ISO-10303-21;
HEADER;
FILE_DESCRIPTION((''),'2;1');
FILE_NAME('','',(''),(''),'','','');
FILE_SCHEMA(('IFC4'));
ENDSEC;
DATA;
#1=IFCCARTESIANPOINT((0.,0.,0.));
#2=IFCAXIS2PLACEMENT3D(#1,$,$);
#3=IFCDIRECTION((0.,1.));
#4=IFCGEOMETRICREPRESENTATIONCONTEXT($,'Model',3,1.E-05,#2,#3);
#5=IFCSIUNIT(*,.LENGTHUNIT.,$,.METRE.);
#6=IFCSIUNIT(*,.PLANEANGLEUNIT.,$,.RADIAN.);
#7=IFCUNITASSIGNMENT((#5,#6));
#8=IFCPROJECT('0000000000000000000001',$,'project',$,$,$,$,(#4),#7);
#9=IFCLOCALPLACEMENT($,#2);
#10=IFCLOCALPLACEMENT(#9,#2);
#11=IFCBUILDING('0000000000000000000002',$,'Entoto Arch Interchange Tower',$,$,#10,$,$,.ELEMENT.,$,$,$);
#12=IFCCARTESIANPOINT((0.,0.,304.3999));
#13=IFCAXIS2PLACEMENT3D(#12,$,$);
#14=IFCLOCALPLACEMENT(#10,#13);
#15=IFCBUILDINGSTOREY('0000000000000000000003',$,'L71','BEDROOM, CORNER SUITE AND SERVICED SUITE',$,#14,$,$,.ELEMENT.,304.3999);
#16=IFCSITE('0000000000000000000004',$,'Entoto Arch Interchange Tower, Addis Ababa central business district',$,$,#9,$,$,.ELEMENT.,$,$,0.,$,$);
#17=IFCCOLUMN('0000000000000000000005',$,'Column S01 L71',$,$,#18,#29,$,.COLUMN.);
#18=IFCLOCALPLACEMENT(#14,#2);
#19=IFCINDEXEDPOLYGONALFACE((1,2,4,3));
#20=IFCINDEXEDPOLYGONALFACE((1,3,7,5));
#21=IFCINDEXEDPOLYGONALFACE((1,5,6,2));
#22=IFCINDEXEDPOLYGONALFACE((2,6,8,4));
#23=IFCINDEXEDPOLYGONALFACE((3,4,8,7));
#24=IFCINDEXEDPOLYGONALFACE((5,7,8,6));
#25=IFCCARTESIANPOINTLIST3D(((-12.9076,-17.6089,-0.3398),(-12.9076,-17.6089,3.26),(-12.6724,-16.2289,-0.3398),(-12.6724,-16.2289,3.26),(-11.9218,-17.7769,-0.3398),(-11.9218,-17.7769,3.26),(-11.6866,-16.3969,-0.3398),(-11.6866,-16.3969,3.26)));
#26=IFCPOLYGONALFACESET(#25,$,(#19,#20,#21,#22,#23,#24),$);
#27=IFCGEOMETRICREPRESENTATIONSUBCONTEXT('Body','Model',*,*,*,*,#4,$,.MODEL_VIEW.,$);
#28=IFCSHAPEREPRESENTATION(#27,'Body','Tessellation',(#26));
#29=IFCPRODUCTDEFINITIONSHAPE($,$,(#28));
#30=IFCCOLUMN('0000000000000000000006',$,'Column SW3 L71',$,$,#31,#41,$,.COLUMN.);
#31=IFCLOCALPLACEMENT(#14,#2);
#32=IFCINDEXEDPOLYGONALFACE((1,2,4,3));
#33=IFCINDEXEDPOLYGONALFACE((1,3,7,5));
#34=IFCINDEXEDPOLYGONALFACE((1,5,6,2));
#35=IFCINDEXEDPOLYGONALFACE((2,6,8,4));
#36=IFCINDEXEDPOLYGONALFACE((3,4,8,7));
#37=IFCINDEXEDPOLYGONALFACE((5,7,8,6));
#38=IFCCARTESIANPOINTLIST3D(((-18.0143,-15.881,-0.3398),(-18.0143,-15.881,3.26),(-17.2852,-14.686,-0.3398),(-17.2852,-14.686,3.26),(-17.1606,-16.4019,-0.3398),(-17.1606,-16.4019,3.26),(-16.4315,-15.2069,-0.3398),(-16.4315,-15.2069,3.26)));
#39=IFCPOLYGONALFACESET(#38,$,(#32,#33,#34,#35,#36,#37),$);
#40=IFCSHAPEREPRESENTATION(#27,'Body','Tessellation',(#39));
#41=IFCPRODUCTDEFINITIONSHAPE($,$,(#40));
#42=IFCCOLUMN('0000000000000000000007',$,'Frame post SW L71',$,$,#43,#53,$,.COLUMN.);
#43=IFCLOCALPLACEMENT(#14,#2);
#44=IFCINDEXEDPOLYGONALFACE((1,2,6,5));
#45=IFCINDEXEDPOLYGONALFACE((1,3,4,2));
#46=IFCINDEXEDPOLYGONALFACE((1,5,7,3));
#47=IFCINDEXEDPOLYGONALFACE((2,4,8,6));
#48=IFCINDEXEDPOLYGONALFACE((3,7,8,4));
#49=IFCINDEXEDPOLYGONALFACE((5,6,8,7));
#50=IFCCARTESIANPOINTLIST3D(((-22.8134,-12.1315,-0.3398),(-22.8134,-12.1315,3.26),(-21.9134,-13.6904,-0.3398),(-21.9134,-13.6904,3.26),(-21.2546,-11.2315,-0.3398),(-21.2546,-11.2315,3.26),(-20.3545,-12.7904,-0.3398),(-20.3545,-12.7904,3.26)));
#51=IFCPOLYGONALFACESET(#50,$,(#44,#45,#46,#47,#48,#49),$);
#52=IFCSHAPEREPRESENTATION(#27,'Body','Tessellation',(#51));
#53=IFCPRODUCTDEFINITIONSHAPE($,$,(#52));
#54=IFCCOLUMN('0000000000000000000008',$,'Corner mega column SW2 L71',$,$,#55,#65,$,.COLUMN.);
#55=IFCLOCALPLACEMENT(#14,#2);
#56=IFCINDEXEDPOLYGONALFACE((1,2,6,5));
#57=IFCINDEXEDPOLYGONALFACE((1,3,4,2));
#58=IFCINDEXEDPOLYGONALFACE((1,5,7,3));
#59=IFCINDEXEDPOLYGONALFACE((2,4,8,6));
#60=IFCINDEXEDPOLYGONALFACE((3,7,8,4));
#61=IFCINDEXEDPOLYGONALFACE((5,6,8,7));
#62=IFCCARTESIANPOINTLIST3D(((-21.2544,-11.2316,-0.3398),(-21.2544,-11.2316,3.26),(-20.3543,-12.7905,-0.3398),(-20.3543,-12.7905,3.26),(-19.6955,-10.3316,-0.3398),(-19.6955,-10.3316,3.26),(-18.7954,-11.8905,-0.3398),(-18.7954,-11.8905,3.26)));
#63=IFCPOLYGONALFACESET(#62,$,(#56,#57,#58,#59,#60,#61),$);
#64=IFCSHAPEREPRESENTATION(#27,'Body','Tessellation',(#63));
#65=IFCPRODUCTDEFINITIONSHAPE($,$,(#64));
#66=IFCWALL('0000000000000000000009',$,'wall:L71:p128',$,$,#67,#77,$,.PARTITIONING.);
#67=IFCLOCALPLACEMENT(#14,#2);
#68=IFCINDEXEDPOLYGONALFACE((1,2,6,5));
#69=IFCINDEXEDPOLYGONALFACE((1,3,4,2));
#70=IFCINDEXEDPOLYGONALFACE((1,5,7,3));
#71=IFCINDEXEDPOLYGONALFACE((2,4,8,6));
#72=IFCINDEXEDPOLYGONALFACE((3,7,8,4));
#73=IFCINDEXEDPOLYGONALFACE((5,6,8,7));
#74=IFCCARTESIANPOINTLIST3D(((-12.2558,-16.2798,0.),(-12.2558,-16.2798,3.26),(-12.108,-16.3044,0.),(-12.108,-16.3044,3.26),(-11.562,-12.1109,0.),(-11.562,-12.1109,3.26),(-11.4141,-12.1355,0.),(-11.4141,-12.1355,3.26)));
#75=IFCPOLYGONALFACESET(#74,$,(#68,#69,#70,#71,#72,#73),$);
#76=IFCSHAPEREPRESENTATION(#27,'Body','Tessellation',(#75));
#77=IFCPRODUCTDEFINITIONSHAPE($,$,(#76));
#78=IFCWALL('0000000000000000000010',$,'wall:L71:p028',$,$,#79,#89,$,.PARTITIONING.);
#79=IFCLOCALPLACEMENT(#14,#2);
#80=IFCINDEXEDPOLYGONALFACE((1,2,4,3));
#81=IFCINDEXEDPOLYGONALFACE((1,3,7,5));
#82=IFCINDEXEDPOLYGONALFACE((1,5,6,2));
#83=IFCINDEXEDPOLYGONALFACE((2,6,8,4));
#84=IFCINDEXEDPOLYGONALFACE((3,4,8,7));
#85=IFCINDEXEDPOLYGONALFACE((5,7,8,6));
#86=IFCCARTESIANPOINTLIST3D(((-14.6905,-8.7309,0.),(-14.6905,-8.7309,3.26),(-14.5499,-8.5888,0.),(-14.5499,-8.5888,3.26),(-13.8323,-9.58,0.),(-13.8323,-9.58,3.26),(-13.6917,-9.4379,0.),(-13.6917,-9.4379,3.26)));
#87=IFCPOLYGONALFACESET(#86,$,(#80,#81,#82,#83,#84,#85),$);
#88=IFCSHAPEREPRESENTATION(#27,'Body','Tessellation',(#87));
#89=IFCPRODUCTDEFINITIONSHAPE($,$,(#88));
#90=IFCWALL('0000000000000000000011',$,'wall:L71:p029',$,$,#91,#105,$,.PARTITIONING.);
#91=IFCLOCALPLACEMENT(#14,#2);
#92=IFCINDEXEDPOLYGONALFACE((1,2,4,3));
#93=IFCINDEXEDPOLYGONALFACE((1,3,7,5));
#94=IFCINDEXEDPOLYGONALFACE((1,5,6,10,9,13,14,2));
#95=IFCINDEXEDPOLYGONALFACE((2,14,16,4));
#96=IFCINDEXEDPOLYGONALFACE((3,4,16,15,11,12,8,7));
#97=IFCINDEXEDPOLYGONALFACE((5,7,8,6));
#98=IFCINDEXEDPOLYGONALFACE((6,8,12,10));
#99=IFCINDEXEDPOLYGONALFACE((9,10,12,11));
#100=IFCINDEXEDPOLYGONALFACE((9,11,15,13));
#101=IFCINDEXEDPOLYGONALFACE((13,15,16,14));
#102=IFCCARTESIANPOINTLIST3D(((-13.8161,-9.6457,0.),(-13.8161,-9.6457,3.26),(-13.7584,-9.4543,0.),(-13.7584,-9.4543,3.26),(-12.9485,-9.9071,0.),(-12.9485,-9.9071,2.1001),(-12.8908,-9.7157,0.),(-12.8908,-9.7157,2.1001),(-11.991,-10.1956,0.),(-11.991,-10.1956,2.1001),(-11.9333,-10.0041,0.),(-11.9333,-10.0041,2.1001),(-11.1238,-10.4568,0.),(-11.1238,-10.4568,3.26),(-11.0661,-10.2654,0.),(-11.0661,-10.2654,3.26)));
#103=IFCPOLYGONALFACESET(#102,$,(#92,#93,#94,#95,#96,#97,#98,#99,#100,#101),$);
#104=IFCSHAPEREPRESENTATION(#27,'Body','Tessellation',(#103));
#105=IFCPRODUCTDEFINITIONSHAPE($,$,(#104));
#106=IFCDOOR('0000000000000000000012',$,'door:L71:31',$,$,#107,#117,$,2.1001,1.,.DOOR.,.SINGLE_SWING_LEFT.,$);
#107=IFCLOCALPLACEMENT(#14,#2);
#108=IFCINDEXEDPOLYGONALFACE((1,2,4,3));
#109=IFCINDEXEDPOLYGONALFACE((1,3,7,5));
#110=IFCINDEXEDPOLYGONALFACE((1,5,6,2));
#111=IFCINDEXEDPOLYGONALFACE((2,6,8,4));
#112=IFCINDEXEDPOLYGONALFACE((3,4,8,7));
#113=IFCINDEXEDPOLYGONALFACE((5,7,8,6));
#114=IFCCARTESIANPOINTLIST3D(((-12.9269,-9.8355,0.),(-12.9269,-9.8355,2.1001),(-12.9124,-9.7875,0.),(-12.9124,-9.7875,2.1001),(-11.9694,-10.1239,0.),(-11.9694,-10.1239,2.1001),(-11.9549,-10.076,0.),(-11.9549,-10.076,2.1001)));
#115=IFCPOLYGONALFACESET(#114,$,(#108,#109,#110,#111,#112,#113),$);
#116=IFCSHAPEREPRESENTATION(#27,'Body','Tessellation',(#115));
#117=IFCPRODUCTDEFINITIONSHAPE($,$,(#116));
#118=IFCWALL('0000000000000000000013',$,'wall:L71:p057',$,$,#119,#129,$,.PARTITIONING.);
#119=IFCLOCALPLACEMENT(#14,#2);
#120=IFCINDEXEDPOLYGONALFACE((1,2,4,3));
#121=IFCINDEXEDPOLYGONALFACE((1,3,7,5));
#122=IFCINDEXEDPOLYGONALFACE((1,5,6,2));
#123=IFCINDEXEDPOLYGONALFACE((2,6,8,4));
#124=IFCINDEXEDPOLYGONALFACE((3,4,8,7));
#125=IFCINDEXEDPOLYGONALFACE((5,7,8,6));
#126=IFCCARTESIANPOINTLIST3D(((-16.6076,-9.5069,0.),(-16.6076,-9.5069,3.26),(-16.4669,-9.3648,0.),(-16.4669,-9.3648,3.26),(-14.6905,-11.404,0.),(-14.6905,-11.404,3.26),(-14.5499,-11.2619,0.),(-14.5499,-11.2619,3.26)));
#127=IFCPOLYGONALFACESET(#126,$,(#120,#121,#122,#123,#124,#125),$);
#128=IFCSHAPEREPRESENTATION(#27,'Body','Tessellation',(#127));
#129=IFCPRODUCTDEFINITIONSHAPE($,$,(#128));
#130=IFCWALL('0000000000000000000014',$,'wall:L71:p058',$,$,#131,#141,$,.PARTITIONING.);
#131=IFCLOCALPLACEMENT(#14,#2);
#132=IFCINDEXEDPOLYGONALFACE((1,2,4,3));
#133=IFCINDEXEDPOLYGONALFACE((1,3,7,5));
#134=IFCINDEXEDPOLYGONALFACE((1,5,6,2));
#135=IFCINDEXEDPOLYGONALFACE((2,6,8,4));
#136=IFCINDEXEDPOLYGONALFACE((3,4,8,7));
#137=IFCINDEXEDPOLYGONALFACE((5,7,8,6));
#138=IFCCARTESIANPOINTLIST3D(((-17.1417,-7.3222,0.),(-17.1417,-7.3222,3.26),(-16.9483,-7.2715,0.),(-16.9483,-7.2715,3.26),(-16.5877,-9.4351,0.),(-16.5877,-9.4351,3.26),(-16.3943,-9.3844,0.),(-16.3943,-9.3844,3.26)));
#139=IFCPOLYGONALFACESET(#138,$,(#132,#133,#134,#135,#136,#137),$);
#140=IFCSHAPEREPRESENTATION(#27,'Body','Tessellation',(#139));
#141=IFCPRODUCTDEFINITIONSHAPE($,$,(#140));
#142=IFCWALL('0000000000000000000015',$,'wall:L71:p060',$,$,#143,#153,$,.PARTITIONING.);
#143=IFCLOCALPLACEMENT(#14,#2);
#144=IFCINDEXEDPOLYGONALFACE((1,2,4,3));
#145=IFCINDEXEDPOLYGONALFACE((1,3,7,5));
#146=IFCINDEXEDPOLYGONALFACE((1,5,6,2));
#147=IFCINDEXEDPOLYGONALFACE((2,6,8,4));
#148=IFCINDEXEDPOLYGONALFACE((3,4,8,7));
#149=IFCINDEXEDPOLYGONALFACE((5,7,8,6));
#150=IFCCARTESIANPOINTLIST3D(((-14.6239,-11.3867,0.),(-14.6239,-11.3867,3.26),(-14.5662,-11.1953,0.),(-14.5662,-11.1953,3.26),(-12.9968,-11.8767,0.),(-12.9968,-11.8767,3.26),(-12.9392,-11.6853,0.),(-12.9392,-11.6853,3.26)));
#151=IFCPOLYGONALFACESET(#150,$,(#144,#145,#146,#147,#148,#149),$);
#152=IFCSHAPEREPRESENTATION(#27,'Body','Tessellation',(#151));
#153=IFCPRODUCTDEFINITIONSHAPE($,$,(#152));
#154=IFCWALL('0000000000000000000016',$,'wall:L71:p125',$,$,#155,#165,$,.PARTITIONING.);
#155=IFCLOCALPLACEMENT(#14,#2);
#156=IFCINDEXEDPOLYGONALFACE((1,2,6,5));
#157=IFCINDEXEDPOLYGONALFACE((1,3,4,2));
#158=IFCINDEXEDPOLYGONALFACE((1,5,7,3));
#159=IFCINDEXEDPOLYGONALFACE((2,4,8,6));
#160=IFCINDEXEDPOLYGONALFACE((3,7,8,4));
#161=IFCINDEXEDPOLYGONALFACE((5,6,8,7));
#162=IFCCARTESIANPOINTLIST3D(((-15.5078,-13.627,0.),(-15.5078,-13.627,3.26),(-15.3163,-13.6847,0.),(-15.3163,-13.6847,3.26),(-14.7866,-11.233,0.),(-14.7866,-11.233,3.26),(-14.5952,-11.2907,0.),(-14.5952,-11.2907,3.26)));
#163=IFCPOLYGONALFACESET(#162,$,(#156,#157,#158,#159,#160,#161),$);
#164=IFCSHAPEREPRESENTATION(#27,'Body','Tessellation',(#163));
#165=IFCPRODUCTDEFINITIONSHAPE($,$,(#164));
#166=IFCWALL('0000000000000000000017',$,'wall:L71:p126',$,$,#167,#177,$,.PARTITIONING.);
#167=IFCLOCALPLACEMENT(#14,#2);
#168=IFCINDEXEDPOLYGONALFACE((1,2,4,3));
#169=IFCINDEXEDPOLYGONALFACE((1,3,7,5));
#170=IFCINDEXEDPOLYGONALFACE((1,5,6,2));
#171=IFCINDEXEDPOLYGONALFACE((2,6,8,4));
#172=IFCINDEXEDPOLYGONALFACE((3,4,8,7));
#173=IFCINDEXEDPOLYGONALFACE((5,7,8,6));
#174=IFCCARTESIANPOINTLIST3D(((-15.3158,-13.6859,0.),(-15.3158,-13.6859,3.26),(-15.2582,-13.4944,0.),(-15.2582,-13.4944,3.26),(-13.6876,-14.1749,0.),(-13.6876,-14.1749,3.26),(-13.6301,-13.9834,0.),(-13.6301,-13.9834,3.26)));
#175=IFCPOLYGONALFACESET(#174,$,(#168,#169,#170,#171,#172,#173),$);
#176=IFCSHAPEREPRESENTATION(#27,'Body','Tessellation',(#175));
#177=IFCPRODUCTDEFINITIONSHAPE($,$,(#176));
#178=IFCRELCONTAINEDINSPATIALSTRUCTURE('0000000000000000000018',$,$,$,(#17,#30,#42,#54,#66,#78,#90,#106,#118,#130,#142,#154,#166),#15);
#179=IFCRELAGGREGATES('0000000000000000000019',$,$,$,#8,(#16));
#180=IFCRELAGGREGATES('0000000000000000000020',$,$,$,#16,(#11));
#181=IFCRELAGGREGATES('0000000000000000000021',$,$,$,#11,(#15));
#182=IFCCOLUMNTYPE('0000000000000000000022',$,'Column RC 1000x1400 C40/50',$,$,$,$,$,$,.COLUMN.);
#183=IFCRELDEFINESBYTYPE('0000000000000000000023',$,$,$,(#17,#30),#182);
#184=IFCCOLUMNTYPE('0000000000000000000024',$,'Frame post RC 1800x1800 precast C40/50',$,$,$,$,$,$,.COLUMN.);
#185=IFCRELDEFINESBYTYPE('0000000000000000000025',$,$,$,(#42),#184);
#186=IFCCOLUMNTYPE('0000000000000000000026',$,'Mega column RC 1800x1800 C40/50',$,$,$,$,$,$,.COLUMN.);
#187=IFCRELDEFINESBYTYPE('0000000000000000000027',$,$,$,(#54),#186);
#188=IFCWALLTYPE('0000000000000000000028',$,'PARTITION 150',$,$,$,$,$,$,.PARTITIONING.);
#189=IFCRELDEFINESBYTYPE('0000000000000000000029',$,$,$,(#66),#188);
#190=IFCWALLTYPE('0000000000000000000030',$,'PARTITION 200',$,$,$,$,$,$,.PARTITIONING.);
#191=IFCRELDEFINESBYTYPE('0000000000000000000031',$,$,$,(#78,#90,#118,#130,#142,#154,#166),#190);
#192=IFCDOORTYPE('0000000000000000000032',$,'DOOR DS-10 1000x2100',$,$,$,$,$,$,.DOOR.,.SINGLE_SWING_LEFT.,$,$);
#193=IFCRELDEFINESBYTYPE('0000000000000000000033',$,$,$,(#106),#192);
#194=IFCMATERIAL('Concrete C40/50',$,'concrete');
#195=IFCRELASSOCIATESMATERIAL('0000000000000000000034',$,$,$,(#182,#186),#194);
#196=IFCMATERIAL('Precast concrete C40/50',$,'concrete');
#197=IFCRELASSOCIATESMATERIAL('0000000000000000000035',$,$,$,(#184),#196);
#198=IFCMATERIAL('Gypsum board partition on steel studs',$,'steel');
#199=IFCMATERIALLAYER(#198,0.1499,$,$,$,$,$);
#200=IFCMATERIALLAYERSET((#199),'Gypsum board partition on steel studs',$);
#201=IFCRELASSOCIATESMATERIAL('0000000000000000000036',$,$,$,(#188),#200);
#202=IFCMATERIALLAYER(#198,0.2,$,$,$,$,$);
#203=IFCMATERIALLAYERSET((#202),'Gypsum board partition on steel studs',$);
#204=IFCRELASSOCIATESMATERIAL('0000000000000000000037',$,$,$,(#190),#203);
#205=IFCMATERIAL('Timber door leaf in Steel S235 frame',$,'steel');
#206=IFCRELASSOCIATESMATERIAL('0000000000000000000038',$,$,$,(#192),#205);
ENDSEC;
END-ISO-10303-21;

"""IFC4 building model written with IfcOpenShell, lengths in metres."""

from ifc_helpers import new_model, si_unit, direction, frame, frame_2d, origin, origin_2d, place, context, subcontext, project, spatial, rectangle, extrude, material, layer, layer_set, material_profile, profile_set, type_object, element, fill, save


model = new_model("IFC4")

# Units and contexts
model_context = context("Model", 3, precision=1e-05, world=origin(), true_north=direction((0.0, 1.0)))
body_context = subcontext(model_context, "Body", "Model", "MODEL_VIEW")
ifc_project = project(units=[si_unit("LENGTHUNIT", "METRE"), si_unit("PLANEANGLEUNIT", "RADIAN")], contexts=[model_context])

# Site, building, storey
site_placement = place(None, origin())
site = spatial("IfcSite", under=ifc_project, at=site_placement, Name="Entoto Arch Interchange Tower, Addis Ababa central business district", CompositionType="ELEMENT", RefElevation=0.0)
building_placement = place(site_placement, origin())
building = spatial("IfcBuilding", under=site, at=building_placement, Name="Entoto Arch Interchange Tower", CompositionType="ELEMENT")
storey_placement = place(building_placement, frame((0.0, 0.0, 304.3999)))
storey = spatial("IfcBuildingStorey", under=building, at=storey_placement, Name="L71", Description="BEDROOM, CORNER SUITE AND SERVICED SUITE", CompositionType="ELEMENT", Elevation=304.3999)

# Columns
ifc_material_1 = material(Name="Concrete C40/50", Category="concrete")
ifc_material_profile_1 = material_profile(ifc_material_1, rectangle(XDim=1.0, YDim=1.3999, at=origin_2d()))
ifc_profile_set_1 = profile_set([ifc_material_profile_1], Name="Concrete C40/50")
column_type_1 = type_object("IfcColumnType", Name="Column RC 1000x1400 C40/50", PredefinedType="COLUMN", material=ifc_profile_set_1)
for number, where, z_axis, x_axis, name in (
    (1, (-12.2971, -17.0029, -0.3398), (0.0, 0.0, 1.0), (-0.985786, 0.168008, 0.0), "Column S01 L71"),
    (2, (-17.2229, -15.5439, -0.3398), (0.0, 0.0, 1.0), (-0.853651, 0.520846, 0.0), "Column SW3 L71"),
):
    element("IfcColumn", number, at=place(storey_placement, frame(where, z_axis=z_axis, x_axis=x_axis)), inside=storey, type_object=column_type_1, Name=name, PredefinedType="COLUMN", context=body_context, shape_type="SweptSolid", body=[
        extrude(rectangle(XDim=1.0, YDim=1.3999, at=origin_2d()), origin(), (0.0, 0.0, 1.0), 3.5999),
    ])
ifc_material_2 = material(Name="Precast concrete C40/50", Category="concrete")
ifc_material_profile_2 = material_profile(ifc_material_2, rectangle(XDim=1.8, YDim=1.8, at=origin_2d()))
ifc_profile_set_2 = profile_set([ifc_material_profile_2], Name="Precast concrete C40/50")
column_type_2 = type_object("IfcColumnType", Name="Frame post RC 1800x1800 precast C40/50", PredefinedType="COLUMN", material=ifc_profile_set_2)
column_1_placement = place(storey_placement, frame((-21.584, -12.4609, -0.3398), z_axis=(0.0, 0.0, 1.0), x_axis=(0.866025, 0.5, 0.0)))
element("IfcColumn", 3, at=column_1_placement, inside=storey, type_object=column_type_2, Name="Frame post SW L71", PredefinedType="COLUMN", context=body_context, shape_type="SweptSolid", body=[
    extrude(rectangle(XDim=1.8, YDim=1.8, at=origin_2d()), origin(), (0.0, 0.0, 1.0), 3.5999),
])
ifc_material_profile_3 = material_profile(ifc_material_1, rectangle(XDim=1.8, YDim=1.8, at=origin_2d()))
ifc_profile_set_3 = profile_set([ifc_material_profile_3], Name="Concrete C40/50")
column_type_3 = type_object("IfcColumnType", Name="Mega column RC 1800x1800 C40/50", PredefinedType="COLUMN", material=ifc_profile_set_3)
column_2_placement = place(storey_placement, frame((-20.0249, -11.561, -0.3398), z_axis=(0.0, 0.0, 1.0), x_axis=(0.866025, 0.5, 0.0)))
element("IfcColumn", 4, at=column_2_placement, inside=storey, type_object=column_type_3, Name="Corner mega column SW2 L71", PredefinedType="COLUMN", context=body_context, shape_type="SweptSolid", body=[
    extrude(rectangle(XDim=1.8, YDim=1.8, at=origin_2d()), origin(), (0.0, 0.0, 1.0), 3.5999),
])

# Walls
ifc_material_3 = material(Name="Gypsum board partition on steel studs", Category="steel")
ifc_layer_1 = layer(ifc_material_3, 0.1499)
ifc_layer_set_1 = layer_set([ifc_layer_1], Name="Gypsum board partition on steel studs")
wall_type_1 = type_object("IfcWallType", Name="PARTITION 150", PredefinedType="PARTITIONING", material=ifc_layer_set_1)
wall_1_placement = place(storey_placement, frame((-11.488, -12.123, 0.0), z_axis=(0.0, 0.0, 1.0), x_axis=(-0.164174, -0.986431, 0.0)))
element("IfcWall", 5, at=wall_1_placement, inside=storey, type_object=wall_type_1, Name="wall:L71:p128", PredefinedType="PARTITIONING", context=body_context, shape_type="SweptSolid", body=[
    extrude(rectangle(XDim=4.2263, YDim=0.1499, at=frame_2d((2.1133, 0.0))), origin(), (0.0, 0.0, 1.0), 3.26),
])
ifc_layer_2 = layer(ifc_material_3, 0.2)
ifc_layer_set_2 = layer_set([ifc_layer_2], Name="Gypsum board partition on steel studs")
wall_type_2 = type_object("IfcWallType", Name="PARTITION 200", PredefinedType="PARTITIONING", material=ifc_layer_set_2)
wall_2_placement = place(storey_placement, frame((-14.6201, -8.6599, 0.0), z_axis=(0.0, 0.0, 1.0), x_axis=(0.710838, -0.703356, 0.0)))
element("IfcWall", 6, at=wall_2_placement, inside=storey, type_object=wall_type_2, Name="wall:L71:p028", PredefinedType="PARTITIONING", context=body_context, shape_type="SweptSolid", body=[
    extrude(rectangle(XDim=1.2073, YDim=0.2, at=frame_2d((0.6035, 0.0))), origin(), (0.0, 0.0, 1.0), 3.26),
])

# Wall, opening, door
wall_3_placement = place(storey_placement, frame((-13.7871, -9.55, 0.0), z_axis=(0.0, 0.0, 1.0), x_axis=(0.957493, -0.288455, 0.0)))
wall_3 = element("IfcWall", 7, at=wall_3_placement, inside=storey, type_object=wall_type_2, Name="wall:L71:p029", PredefinedType="PARTITIONING", context=body_context, shape_type="SweptSolid", body=[
    extrude(rectangle(XDim=2.8118, YDim=0.2, at=frame_2d((1.4058, 0.0))), origin(), (0.0, 0.0, 1.0), 3.26),
])
opening_1_placement = place(wall_3_placement, frame((0.906, 0.0, 0.0)))
opening_1 = element("IfcOpeningElement", 8, at=opening_1_placement, cuts=wall_3, PredefinedType="OPENING", context=body_context, shape_type="SweptSolid", body=[
    extrude(rectangle(XDim=1.0, YDim=2.1001, at=frame_2d((0.5, 1.05))), frame((0.0, 0.1099, 0.0), z_axis=(0.0, -1.0, 0.0), x_axis=(1.0, 0.0, 0.0)), (0.0, 0.0, 1.0), 0.22),
])
ifc_material_4 = material(Name="Timber door leaf in Steel S235 frame", Category="steel")
door_type_1 = type_object("IfcDoorType", Name="DOOR DS-10 1000x2100", OperationType="SINGLE_SWING_LEFT", PredefinedType="DOOR", material=ifc_material_4)
door_1_placement = place(opening_1_placement, origin())
door_1 = element("IfcDoor", 9, at=door_1_placement, inside=storey, type_object=door_type_1, Name="door:L71:31", OperationType="SINGLE_SWING_LEFT", OverallHeight=2.1001, OverallWidth=1.0, PredefinedType="DOOR", context=body_context, shape_type="SweptSolid", body=[
    extrude(rectangle(XDim=1.0, YDim=2.1001, at=frame_2d((0.5, 1.05))), frame((0.0, 0.0249, 0.0), z_axis=(0.0, -1.0, 0.0), x_axis=(1.0, 0.0, 0.0)), (0.0, 0.0, 1.0), 0.05),
])
fill(opening_1, door_1)

# Walls
wall_4_placement = place(storey_placement, frame((-14.6201, -11.333, 0.0), z_axis=(0.0, 0.0, 1.0), x_axis=(-0.710809, 0.703385, 0.0)))
element("IfcWall", 10, at=wall_4_placement, inside=storey, type_object=wall_type_2, Name="wall:L71:p057", PredefinedType="PARTITIONING", context=body_context, shape_type="SweptSolid", body=[
    extrude(rectangle(XDim=2.697, YDim=0.2, at=frame_2d((1.3486, 0.0))), origin(), (0.0, 0.0, 1.0), 3.26),
])
wall_5_placement = place(storey_placement, frame((-16.491, -9.4099, 0.0), z_axis=(0.0, 0.0, 1.0), x_axis=(-0.253618, 0.967304, 0.0)))
element("IfcWall", 11, at=wall_5_placement, inside=storey, type_object=wall_type_2, Name="wall:L71:p058", PredefinedType="PARTITIONING", context=body_context, shape_type="SweptSolid", body=[
    extrude(rectangle(XDim=2.1843, YDim=0.2, at=frame_2d((1.0923, 0.0))), origin(), (0.0, 0.0, 1.0), 3.26),
])
wall_6_placement = place(storey_placement, frame((-12.968, -11.781, 0.0), z_axis=(0.0, 0.0, 1.0), x_axis=(-0.957517, 0.288376, 0.0)))
element("IfcWall", 12, at=wall_6_placement, inside=storey, type_object=wall_type_2, Name="wall:L71:p060", PredefinedType="PARTITIONING", context=body_context, shape_type="SweptSolid", body=[
    extrude(rectangle(XDim=1.6992, YDim=0.2, at=frame_2d((0.8496, 0.0))), origin(), (0.0, 0.0, 1.0), 3.26),
])
wall_7_placement = place(storey_placement, frame((-14.6909, -11.262, 0.0), z_axis=(0.0, 0.0, 1.0), x_axis=(-0.288441, -0.957498, 0.0)))
element("IfcWall", 13, at=wall_7_placement, inside=storey, type_object=wall_type_2, Name="wall:L71:p125", PredefinedType="PARTITIONING", context=body_context, shape_type="SweptSolid", body=[
    extrude(rectangle(XDim=2.5002, YDim=0.2, at=frame_2d((1.25, 0.0))), origin(), (0.0, 0.0, 1.0), 3.26),
])
wall_8_placement = place(storey_placement, frame((-15.2871, -13.5901, 0.0), z_axis=(0.0, 0.0, 1.0), x_axis=(0.957735, -0.287651, 0.0)))
element("IfcWall", 14, at=wall_8_placement, inside=storey, type_object=wall_type_2, Name="wall:L71:p126", PredefinedType="PARTITIONING", context=body_context, shape_type="SweptSolid", body=[
    extrude(rectangle(XDim=1.7, YDim=0.2, at=frame_2d((0.8501, 0.0))), origin(), (0.0, 0.0, 1.0), 3.26),
])

save(model, "model.ifc")
